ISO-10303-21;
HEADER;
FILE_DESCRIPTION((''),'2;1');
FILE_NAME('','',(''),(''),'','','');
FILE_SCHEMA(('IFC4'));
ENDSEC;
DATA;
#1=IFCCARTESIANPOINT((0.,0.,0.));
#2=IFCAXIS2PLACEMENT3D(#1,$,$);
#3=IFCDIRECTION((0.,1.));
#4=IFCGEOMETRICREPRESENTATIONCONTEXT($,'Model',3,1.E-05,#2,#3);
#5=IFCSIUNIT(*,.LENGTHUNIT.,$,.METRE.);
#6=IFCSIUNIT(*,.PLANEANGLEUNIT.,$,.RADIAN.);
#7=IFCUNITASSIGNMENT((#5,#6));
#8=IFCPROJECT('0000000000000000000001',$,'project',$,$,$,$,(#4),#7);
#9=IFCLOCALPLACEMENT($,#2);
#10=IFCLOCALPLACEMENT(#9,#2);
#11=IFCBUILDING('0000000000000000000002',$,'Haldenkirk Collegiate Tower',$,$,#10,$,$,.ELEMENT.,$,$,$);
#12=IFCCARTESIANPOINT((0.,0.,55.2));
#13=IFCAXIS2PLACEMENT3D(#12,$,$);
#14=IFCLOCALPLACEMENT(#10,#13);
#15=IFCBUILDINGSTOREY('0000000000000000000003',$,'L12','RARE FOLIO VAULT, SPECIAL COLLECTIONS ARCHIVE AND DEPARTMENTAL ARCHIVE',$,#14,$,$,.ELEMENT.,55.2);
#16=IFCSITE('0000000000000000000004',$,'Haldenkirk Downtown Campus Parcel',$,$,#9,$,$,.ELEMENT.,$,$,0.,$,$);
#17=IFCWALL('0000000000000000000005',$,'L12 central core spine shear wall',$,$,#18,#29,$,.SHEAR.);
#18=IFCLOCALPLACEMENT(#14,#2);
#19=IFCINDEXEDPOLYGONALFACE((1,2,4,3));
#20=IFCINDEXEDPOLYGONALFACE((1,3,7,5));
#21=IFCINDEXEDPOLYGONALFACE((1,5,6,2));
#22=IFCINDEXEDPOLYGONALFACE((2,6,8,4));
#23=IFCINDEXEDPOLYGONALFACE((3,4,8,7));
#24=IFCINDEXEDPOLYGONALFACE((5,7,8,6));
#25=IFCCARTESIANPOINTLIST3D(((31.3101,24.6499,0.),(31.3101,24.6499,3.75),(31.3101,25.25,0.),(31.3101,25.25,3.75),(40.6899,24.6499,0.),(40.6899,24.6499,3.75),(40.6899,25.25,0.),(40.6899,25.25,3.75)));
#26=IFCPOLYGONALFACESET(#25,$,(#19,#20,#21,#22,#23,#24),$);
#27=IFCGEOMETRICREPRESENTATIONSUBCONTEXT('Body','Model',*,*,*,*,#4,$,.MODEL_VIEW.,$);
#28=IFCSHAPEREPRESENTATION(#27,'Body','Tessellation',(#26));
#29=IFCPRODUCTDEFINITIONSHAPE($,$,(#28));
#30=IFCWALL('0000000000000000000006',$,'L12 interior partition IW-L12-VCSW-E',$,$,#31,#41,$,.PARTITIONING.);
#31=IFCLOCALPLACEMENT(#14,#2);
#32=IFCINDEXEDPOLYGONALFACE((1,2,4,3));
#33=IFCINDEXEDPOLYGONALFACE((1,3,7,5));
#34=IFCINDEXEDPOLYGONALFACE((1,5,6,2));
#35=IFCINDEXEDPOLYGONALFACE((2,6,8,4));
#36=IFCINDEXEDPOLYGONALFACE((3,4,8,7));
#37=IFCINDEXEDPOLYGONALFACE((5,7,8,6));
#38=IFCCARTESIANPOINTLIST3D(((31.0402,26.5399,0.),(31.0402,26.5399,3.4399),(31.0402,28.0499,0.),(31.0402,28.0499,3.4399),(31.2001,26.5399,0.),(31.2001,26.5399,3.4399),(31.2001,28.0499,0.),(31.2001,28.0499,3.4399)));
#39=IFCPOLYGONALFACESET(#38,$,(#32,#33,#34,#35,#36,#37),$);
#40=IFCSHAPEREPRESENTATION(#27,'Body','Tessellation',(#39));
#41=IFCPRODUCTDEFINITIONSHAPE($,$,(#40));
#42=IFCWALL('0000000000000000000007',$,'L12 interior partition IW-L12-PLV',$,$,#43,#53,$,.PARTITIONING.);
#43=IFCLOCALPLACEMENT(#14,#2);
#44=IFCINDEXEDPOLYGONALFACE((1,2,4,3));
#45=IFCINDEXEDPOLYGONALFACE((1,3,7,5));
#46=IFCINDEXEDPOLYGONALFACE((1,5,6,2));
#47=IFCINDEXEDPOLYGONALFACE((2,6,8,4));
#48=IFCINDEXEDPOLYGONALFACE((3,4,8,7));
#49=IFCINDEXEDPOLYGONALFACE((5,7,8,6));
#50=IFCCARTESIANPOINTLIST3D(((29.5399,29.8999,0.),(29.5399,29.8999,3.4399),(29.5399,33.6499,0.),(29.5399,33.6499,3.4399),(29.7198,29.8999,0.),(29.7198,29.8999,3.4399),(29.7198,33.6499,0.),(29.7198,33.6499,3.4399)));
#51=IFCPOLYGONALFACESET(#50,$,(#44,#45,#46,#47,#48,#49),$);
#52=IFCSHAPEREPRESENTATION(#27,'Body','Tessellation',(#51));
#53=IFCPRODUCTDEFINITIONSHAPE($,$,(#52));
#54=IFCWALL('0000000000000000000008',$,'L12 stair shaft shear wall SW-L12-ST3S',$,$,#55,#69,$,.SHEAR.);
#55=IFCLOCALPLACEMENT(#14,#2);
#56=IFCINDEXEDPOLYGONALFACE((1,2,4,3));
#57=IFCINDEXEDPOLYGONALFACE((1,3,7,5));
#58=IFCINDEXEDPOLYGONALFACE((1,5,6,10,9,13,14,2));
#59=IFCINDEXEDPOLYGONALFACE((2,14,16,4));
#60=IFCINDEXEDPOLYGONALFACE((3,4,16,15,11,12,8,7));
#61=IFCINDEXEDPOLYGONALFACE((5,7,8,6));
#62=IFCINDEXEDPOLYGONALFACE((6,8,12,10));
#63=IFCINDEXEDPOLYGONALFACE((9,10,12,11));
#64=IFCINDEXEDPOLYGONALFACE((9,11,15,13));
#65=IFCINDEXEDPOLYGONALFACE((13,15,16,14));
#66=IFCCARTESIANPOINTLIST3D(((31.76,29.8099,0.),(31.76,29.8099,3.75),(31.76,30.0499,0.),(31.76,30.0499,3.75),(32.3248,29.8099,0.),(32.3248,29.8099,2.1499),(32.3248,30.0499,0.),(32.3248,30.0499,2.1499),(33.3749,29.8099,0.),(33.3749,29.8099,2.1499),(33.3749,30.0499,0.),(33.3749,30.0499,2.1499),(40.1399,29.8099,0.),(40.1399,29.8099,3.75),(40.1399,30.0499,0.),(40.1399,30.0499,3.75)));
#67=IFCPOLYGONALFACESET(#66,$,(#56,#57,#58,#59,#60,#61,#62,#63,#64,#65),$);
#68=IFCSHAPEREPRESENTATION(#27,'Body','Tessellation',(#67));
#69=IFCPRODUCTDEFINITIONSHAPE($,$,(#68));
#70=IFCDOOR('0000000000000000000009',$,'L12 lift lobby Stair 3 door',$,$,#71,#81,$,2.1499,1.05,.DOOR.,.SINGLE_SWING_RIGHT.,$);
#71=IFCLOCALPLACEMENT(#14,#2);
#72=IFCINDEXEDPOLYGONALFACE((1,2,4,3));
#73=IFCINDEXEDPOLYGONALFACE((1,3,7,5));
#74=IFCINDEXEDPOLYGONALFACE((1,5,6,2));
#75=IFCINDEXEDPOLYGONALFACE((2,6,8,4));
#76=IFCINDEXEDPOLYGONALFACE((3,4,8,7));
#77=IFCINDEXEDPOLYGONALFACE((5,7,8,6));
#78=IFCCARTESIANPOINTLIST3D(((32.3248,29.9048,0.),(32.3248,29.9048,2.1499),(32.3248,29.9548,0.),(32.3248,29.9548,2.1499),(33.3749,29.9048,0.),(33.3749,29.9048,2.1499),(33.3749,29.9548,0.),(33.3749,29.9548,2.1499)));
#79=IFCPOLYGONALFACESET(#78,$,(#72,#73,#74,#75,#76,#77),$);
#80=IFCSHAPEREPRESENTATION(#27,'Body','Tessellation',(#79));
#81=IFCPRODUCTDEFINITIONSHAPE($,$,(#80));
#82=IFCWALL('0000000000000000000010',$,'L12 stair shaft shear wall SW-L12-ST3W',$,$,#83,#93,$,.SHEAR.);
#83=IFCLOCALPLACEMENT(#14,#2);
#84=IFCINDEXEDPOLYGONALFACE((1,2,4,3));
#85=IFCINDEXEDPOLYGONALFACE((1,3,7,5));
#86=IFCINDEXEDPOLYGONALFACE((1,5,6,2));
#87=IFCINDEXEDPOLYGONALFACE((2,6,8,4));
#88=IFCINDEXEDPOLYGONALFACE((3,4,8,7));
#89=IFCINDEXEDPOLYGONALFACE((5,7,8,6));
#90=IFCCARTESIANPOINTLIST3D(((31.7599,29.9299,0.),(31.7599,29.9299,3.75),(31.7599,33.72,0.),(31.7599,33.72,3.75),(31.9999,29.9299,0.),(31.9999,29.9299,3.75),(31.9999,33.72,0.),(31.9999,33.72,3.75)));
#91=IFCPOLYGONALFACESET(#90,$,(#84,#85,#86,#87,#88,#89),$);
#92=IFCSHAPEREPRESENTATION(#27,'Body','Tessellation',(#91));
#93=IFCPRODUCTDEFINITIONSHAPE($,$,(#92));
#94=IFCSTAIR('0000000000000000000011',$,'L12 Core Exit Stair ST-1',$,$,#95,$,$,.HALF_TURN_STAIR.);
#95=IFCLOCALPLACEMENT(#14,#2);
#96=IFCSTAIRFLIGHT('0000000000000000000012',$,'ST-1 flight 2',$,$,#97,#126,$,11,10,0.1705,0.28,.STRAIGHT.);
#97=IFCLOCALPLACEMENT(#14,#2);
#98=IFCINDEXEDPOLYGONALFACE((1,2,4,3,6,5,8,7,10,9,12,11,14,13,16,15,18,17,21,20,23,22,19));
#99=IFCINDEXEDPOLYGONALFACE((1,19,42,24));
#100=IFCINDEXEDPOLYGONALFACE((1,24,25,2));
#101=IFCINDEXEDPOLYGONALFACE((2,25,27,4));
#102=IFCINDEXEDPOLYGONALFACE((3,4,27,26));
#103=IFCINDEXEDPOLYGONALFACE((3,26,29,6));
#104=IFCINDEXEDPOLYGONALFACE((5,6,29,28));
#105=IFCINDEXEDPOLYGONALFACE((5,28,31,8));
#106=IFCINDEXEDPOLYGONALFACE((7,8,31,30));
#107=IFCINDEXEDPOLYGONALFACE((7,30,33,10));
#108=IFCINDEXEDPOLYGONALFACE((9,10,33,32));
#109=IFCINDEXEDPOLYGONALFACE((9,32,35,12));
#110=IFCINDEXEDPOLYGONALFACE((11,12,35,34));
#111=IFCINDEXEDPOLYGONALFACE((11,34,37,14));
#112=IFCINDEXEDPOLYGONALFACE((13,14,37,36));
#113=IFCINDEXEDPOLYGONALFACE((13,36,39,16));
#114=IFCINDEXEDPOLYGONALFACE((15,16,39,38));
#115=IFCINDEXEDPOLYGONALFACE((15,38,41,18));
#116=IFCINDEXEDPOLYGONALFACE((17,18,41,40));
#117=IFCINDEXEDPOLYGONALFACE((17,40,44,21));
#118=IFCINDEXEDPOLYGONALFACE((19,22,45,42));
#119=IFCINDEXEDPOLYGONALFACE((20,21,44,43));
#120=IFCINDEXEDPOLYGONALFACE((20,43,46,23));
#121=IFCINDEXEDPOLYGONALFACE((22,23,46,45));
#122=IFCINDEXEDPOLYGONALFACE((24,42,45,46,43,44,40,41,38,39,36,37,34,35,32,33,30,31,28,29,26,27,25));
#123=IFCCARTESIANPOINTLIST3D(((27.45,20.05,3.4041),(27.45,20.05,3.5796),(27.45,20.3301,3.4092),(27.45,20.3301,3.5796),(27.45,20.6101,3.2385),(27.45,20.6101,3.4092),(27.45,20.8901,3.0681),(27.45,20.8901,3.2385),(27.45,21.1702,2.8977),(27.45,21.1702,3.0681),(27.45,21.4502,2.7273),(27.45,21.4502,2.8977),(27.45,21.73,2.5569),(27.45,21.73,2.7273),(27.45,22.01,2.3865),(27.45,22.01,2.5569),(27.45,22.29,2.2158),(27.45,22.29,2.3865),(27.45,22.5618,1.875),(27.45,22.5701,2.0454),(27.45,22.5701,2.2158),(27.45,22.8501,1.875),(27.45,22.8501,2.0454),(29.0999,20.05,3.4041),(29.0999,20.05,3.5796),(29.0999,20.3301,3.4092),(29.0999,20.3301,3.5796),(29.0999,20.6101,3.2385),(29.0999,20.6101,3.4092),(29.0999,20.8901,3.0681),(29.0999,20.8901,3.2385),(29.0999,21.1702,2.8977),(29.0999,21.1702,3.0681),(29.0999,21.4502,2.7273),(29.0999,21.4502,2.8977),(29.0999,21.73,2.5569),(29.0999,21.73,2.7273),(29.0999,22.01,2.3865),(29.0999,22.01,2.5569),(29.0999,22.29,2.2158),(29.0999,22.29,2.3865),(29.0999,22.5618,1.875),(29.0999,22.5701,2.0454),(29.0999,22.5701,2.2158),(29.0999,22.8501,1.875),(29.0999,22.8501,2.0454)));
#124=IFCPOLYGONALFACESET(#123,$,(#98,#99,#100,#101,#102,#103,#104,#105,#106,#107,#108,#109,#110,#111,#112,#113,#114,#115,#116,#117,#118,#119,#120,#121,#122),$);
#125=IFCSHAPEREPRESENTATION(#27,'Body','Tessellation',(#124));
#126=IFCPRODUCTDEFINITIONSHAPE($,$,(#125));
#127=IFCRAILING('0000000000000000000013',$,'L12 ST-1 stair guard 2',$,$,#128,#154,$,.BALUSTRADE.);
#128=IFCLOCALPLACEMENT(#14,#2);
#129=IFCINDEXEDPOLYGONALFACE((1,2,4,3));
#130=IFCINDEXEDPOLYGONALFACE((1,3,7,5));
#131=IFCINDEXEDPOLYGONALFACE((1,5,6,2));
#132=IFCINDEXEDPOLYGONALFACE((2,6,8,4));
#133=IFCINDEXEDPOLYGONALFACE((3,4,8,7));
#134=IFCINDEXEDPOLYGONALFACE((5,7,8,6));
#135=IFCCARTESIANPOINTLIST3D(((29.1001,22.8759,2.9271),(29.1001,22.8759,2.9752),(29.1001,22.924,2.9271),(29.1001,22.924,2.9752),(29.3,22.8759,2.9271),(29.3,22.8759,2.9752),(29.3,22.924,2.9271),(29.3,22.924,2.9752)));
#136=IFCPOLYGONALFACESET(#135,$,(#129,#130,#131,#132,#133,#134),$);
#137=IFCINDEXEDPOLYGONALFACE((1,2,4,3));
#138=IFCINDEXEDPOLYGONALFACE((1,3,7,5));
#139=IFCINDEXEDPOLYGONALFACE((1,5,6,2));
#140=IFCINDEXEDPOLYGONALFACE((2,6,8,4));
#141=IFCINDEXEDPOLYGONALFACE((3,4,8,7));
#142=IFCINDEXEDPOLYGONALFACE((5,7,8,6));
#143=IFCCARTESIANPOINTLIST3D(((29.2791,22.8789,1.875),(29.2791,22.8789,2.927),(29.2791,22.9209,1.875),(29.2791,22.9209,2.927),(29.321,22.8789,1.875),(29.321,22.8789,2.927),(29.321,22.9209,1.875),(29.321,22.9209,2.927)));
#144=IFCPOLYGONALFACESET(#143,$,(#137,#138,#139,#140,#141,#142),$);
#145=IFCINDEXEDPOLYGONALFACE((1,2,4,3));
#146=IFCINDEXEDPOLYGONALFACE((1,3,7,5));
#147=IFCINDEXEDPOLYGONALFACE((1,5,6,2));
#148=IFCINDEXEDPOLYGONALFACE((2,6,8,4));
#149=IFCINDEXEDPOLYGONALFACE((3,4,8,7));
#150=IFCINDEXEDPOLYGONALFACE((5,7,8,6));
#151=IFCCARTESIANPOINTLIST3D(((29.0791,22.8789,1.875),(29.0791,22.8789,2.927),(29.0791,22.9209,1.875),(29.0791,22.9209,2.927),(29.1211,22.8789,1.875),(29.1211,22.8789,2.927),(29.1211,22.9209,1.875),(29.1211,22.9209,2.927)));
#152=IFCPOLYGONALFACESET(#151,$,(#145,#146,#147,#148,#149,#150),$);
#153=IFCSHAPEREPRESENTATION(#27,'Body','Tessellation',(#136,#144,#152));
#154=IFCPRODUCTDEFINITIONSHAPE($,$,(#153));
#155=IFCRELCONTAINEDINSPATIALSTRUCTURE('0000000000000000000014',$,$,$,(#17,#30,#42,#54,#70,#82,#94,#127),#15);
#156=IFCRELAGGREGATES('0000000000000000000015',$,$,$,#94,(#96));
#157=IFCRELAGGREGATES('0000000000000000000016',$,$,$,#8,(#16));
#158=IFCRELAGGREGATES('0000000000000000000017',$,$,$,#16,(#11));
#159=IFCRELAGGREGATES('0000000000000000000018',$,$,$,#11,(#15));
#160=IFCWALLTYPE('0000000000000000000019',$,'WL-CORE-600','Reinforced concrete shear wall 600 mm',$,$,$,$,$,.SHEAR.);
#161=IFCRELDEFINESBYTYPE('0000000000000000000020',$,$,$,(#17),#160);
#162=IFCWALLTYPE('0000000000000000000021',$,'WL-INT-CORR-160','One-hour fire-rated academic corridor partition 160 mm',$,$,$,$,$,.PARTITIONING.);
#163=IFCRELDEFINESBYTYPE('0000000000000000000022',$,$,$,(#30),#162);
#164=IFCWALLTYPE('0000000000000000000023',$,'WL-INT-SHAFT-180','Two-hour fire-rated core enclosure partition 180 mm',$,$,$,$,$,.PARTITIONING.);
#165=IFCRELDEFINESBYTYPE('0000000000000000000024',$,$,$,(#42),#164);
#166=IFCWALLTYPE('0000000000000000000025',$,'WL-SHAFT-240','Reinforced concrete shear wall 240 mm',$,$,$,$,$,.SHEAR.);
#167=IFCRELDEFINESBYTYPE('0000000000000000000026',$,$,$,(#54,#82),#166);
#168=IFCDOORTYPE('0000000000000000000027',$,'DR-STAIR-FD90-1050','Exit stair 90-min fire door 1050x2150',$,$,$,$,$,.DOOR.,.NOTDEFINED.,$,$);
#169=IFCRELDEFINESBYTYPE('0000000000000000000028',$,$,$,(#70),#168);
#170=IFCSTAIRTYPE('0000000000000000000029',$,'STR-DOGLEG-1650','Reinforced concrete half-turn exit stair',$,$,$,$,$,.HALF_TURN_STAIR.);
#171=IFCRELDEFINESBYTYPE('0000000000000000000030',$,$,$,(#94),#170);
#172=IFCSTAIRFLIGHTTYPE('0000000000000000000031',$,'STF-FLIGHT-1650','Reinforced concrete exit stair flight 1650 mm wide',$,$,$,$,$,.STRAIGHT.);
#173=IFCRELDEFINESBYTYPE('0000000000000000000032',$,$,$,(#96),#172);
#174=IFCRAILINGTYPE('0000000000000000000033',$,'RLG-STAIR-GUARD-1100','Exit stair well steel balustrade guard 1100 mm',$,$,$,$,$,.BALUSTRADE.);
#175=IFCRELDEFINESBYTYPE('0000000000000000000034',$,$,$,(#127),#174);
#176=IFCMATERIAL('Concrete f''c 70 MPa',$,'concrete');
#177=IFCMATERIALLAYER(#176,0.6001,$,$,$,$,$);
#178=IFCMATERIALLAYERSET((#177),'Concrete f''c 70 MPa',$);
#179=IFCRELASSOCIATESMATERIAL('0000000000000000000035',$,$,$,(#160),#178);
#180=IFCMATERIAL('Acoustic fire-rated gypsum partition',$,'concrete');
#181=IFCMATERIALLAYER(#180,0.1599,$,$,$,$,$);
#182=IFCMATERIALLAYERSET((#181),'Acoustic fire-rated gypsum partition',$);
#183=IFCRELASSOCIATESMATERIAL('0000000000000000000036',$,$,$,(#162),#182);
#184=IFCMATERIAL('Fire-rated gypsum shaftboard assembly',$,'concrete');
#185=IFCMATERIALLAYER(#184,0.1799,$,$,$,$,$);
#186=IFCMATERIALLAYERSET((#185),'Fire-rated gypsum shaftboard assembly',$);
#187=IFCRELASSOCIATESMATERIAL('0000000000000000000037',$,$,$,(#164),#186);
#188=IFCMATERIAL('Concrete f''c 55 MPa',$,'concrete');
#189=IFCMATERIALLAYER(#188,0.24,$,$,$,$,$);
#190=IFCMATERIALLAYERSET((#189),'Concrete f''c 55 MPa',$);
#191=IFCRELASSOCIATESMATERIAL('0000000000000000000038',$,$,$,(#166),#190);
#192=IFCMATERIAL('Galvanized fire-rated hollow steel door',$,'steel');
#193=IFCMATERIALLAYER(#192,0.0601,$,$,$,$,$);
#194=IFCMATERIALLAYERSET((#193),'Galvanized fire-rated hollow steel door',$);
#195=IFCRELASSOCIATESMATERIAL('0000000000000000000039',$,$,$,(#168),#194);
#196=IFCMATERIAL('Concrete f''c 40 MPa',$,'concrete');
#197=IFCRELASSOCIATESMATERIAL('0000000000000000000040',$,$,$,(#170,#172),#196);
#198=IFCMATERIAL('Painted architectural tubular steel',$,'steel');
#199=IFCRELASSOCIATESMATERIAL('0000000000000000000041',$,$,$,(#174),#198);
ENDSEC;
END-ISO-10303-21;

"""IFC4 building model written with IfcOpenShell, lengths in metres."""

from ifc_helpers import new_model, si_unit, direction, frame, frame_2d, origin, origin_2d, place, context, subcontext, project, spatial, polyline, rectangle, outline, extrude, material, layer, layer_set, type_object, element, fill, aggregate, save


model = new_model("IFC4")

# Units and contexts
model_context = context("Model", 3, precision=1e-05, world=origin(), true_north=direction((0.0, 1.0)))
body_context = subcontext(model_context, "Body", "Model", "MODEL_VIEW")
ifc_project = project(units=[si_unit("LENGTHUNIT", "METRE"), si_unit("PLANEANGLEUNIT", "RADIAN")], contexts=[model_context])

# Site, building, storey
site_placement = place(None, origin())
site = spatial("IfcSite", under=ifc_project, at=site_placement, Name="Haldenkirk Downtown Campus Parcel", CompositionType="ELEMENT", RefElevation=0.0)
building_placement = place(site_placement, origin())
building = spatial("IfcBuilding", under=site, at=building_placement, Name="Haldenkirk Collegiate Tower", CompositionType="ELEMENT")
storey_placement = place(building_placement, frame((0.0, 0.0, 55.2)))
storey = spatial("IfcBuildingStorey", under=building, at=storey_placement, Name="L12", Description="RARE FOLIO VAULT, SPECIAL COLLECTIONS ARCHIVE AND DEPARTMENTAL ARCHIVE", CompositionType="ELEMENT", Elevation=55.2)

# Walls
ifc_material_1 = material(Name="Concrete f'c 70 MPa", Category="concrete")
ifc_layer_1 = layer(ifc_material_1, 0.6001)
ifc_layer_set_1 = layer_set([ifc_layer_1], Name="Concrete f'c 70 MPa")
wall_type_1 = type_object("IfcWallType", Name="WL-CORE-600", Description="Reinforced concrete shear wall 600 mm", PredefinedType="SHEAR", material=ifc_layer_set_1)
wall_1_placement = place(storey_placement, frame((31.3101, 24.95, 0.0), z_axis=(0.0, 0.0, 1.0), x_axis=(1.0, 0.0, 0.0)))
element("IfcWall", 1, at=wall_1_placement, inside=storey, type_object=wall_type_1, Name="L12 central core spine shear wall", PredefinedType="SHEAR", context=body_context, shape_type="SweptSolid", body=[
    extrude(rectangle(XDim=9.3799, YDim=0.6001, at=frame_2d((4.6899, 0.0))), origin(), (0.0, 0.0, 1.0), 3.75),
])
ifc_material_2 = material(Name="Acoustic fire-rated gypsum partition", Category="concrete")
ifc_layer_2 = layer(ifc_material_2, 0.1599)
ifc_layer_set_2 = layer_set([ifc_layer_2], Name="Acoustic fire-rated gypsum partition")
wall_type_2 = type_object("IfcWallType", Name="WL-INT-CORR-160", Description="One-hour fire-rated academic corridor partition 160 mm", PredefinedType="PARTITIONING", material=ifc_layer_set_2)
wall_2_placement = place(storey_placement, frame((31.1201, 26.54, 0.0), z_axis=(0.0, 0.0, 1.0), x_axis=(0.0, 1.0, 0.0)))
element("IfcWall", 2, at=wall_2_placement, inside=storey, type_object=wall_type_2, Name="L12 interior partition IW-L12-VCSW-E", PredefinedType="PARTITIONING", context=body_context, shape_type="SweptSolid", body=[
    extrude(rectangle(XDim=1.51, YDim=0.1599, at=frame_2d((0.7549, 0.0))), origin(), (0.0, 0.0, 1.0), 3.4399),
])
ifc_material_3 = material(Name="Fire-rated gypsum shaftboard assembly", Category="concrete")
ifc_layer_3 = layer(ifc_material_3, 0.1799)
ifc_layer_set_3 = layer_set([ifc_layer_3], Name="Fire-rated gypsum shaftboard assembly")
wall_type_3 = type_object("IfcWallType", Name="WL-INT-SHAFT-180", Description="Two-hour fire-rated core enclosure partition 180 mm", PredefinedType="PARTITIONING", material=ifc_layer_set_3)
wall_3_placement = place(storey_placement, frame((29.6299, 29.8999, 0.0), z_axis=(0.0, 0.0, 1.0), x_axis=(0.0, 1.0, 0.0)))
element("IfcWall", 3, at=wall_3_placement, inside=storey, type_object=wall_type_3, Name="L12 interior partition IW-L12-PLV", PredefinedType="PARTITIONING", context=body_context, shape_type="SweptSolid", body=[
    extrude(rectangle(XDim=3.75, YDim=0.1799, at=frame_2d((1.875, 0.0))), origin(), (0.0, 0.0, 1.0), 3.4399),
])

# Wall, opening, door
ifc_material_4 = material(Name="Concrete f'c 55 MPa", Category="concrete")
ifc_layer_4 = layer(ifc_material_4, 0.24)
ifc_layer_set_4 = layer_set([ifc_layer_4], Name="Concrete f'c 55 MPa")
wall_type_4 = type_object("IfcWallType", Name="WL-SHAFT-240", Description="Reinforced concrete shear wall 240 mm", PredefinedType="SHEAR", material=ifc_layer_set_4)
wall_4_placement = place(storey_placement, frame((31.76, 29.9299, 0.0), z_axis=(0.0, 0.0, 1.0), x_axis=(1.0, 0.0, 0.0)))
wall_4 = element("IfcWall", 4, at=wall_4_placement, inside=storey, type_object=wall_type_4, Name="L12 stair shaft shear wall SW-L12-ST3S", PredefinedType="SHEAR", context=body_context, shape_type="SweptSolid", body=[
    extrude(rectangle(XDim=8.3799, YDim=0.24, at=frame_2d((4.1899, 0.0))), origin(), (0.0, 0.0, 1.0), 3.75),
])
opening_1_placement = place(wall_4_placement, frame((0.5649, 0.0, 0.0)))
opening_1 = element("IfcOpeningElement", 5, at=opening_1_placement, cuts=wall_4, PredefinedType="OPENING", context=body_context, shape_type="SweptSolid", body=[
    extrude(rectangle(XDim=1.05, YDim=2.1499, at=frame_2d((0.5249, 1.075))), frame((0.0, 0.1299, 0.0), z_axis=(0.0, -1.0, 0.0), x_axis=(1.0, 0.0, 0.0)), (0.0, 0.0, 1.0), 0.26),
])
ifc_material_5 = material(Name="Galvanized fire-rated hollow steel door", Category="steel")
ifc_layer_5 = layer(ifc_material_5, 0.0601)
ifc_layer_set_5 = layer_set([ifc_layer_5], Name="Galvanized fire-rated hollow steel door")
door_type_1 = type_object("IfcDoorType", Name="DR-STAIR-FD90-1050", Description="Exit stair 90-min fire door 1050x2150", OperationType="NOTDEFINED", PredefinedType="DOOR", material=ifc_layer_set_5)
door_1_placement = place(opening_1_placement, origin())
door_1 = element("IfcDoor", 6, at=door_1_placement, inside=storey, type_object=door_type_1, Name="L12 lift lobby Stair 3 door", OperationType="SINGLE_SWING_RIGHT", OverallHeight=2.1499, OverallWidth=1.05, PredefinedType="DOOR", context=body_context, shape_type="SweptSolid", body=[
    extrude(rectangle(XDim=1.05, YDim=2.1499, at=frame_2d((0.5249, 1.075))), frame((0.0, 0.0249, 0.0), z_axis=(0.0, -1.0, 0.0), x_axis=(1.0, 0.0, 0.0)), (0.0, 0.0, 1.0), 0.05),
])
fill(opening_1, door_1)

# Wall
wall_5_placement = place(storey_placement, frame((31.8799, 29.9299, 0.0), z_axis=(0.0, 0.0, 1.0), x_axis=(0.0, 1.0, 0.0)))
element("IfcWall", 7, at=wall_5_placement, inside=storey, type_object=wall_type_4, Name="L12 stair shaft shear wall SW-L12-ST3W", PredefinedType="SHEAR", context=body_context, shape_type="SweptSolid", body=[
    extrude(rectangle(XDim=3.79, YDim=0.24, at=frame_2d((1.895, 0.0))), origin(), (0.0, 0.0, 1.0), 3.75),
])

# Stair, stair flight
ifc_material_6 = material(Name="Concrete f'c 40 MPa", Category="concrete")
stair_type = type_object("IfcStairType", Name="STR-DOGLEG-1650", Description="Reinforced concrete half-turn exit stair", PredefinedType="HALF_TURN_STAIR", material=ifc_material_6)
stair_placement = place(storey_placement, origin())
stair = element("IfcStair", 8, at=stair_placement, inside=storey, type_object=stair_type, Name="L12 Core Exit Stair ST-1", PredefinedType="HALF_TURN_STAIR")
stair_flight_type = type_object("IfcStairFlightType", Name="STF-FLIGHT-1650", Description="Reinforced concrete exit stair flight 1650 mm wide", PredefinedType="STRAIGHT", material=ifc_material_6)
stair_flight_placement = place(storey_placement, frame((28.2749, 22.8501, 1.875), z_axis=(0.0, 0.0, 1.0), x_axis=(0.0, -1.0, 0.0)))
stair_flight = element("IfcStairFlight", 9, at=stair_flight_placement, type_object=stair_flight_type, Name="ST-1 flight 2", NumberOfRisers=11, NumberOfTreads=10, PredefinedType="STRAIGHT", RiserHeight=0.1705, TreadLength=0.28, context=body_context, shape_type="SweptSolid", body=[
    extrude(outline(polyline([(0.0, 0.0), (0.0, 0.1704), (0.28, 0.1704), (0.28, 0.3408), (0.5601, 0.3408), (0.5601, 0.5115), (0.8401, 0.5115), (0.8401, 0.6819), (1.1201, 0.6819), (1.1201, 0.8523), (1.3999, 0.8523), (1.3999, 1.0227), (1.6799, 1.0227), (1.6799, 1.1931), (1.96, 1.1931), (1.96, 1.3635), (2.24, 1.3635), (2.24, 1.5342), (2.52, 1.5342), (2.52, 1.7046), (2.8, 1.7046), (2.8, 1.875), (2.8, 1.5291), (0.2883, 0.0), (0.0, 0.0)])), frame((0.0, 0.825, 0.0), z_axis=(0.0, -1.0, 0.0), x_axis=(1.0, 0.0, 0.0)), (0.0, 0.0, 1.0), 1.6499),
])
aggregate(stair, [stair_flight])

# Railing
ifc_material_7 = material(Name="Painted architectural tubular steel", Category="steel")
railing_type = type_object("IfcRailingType", Name="RLG-STAIR-GUARD-1100", Description="Exit stair well steel balustrade guard 1100 mm", PredefinedType="BALUSTRADE", material=ifc_material_7)
railing_1_placement = place(storey_placement, frame((29.3, 22.8999, 1.875)))
element("IfcRailing", 10, at=railing_1_placement, inside=storey, type_object=railing_type, Name="L12 ST-1 stair guard 2", PredefinedType="BALUSTRADE", context=body_context, shape_type="SweptSolid", body=[
    extrude(rectangle(XDim=0.0481, YDim=0.0481, at=origin_2d()), frame((0.0, 0.0, 1.0762), z_axis=(-1.0, 0.0, 0.0), x_axis=(0.0, -1.0, 0.0)), (0.0, 0.0, 1.0), 0.2),
    extrude(rectangle(XDim=0.042, YDim=0.042, at=origin_2d()), origin(), (0.0, 0.0, 1.0), 1.052),
    extrude(rectangle(XDim=0.042, YDim=0.042, at=origin_2d()), frame((-0.2, 0.0, 0.0)), (0.0, 0.0, 1.0), 1.052),
])

save(model, "model.ifc")
